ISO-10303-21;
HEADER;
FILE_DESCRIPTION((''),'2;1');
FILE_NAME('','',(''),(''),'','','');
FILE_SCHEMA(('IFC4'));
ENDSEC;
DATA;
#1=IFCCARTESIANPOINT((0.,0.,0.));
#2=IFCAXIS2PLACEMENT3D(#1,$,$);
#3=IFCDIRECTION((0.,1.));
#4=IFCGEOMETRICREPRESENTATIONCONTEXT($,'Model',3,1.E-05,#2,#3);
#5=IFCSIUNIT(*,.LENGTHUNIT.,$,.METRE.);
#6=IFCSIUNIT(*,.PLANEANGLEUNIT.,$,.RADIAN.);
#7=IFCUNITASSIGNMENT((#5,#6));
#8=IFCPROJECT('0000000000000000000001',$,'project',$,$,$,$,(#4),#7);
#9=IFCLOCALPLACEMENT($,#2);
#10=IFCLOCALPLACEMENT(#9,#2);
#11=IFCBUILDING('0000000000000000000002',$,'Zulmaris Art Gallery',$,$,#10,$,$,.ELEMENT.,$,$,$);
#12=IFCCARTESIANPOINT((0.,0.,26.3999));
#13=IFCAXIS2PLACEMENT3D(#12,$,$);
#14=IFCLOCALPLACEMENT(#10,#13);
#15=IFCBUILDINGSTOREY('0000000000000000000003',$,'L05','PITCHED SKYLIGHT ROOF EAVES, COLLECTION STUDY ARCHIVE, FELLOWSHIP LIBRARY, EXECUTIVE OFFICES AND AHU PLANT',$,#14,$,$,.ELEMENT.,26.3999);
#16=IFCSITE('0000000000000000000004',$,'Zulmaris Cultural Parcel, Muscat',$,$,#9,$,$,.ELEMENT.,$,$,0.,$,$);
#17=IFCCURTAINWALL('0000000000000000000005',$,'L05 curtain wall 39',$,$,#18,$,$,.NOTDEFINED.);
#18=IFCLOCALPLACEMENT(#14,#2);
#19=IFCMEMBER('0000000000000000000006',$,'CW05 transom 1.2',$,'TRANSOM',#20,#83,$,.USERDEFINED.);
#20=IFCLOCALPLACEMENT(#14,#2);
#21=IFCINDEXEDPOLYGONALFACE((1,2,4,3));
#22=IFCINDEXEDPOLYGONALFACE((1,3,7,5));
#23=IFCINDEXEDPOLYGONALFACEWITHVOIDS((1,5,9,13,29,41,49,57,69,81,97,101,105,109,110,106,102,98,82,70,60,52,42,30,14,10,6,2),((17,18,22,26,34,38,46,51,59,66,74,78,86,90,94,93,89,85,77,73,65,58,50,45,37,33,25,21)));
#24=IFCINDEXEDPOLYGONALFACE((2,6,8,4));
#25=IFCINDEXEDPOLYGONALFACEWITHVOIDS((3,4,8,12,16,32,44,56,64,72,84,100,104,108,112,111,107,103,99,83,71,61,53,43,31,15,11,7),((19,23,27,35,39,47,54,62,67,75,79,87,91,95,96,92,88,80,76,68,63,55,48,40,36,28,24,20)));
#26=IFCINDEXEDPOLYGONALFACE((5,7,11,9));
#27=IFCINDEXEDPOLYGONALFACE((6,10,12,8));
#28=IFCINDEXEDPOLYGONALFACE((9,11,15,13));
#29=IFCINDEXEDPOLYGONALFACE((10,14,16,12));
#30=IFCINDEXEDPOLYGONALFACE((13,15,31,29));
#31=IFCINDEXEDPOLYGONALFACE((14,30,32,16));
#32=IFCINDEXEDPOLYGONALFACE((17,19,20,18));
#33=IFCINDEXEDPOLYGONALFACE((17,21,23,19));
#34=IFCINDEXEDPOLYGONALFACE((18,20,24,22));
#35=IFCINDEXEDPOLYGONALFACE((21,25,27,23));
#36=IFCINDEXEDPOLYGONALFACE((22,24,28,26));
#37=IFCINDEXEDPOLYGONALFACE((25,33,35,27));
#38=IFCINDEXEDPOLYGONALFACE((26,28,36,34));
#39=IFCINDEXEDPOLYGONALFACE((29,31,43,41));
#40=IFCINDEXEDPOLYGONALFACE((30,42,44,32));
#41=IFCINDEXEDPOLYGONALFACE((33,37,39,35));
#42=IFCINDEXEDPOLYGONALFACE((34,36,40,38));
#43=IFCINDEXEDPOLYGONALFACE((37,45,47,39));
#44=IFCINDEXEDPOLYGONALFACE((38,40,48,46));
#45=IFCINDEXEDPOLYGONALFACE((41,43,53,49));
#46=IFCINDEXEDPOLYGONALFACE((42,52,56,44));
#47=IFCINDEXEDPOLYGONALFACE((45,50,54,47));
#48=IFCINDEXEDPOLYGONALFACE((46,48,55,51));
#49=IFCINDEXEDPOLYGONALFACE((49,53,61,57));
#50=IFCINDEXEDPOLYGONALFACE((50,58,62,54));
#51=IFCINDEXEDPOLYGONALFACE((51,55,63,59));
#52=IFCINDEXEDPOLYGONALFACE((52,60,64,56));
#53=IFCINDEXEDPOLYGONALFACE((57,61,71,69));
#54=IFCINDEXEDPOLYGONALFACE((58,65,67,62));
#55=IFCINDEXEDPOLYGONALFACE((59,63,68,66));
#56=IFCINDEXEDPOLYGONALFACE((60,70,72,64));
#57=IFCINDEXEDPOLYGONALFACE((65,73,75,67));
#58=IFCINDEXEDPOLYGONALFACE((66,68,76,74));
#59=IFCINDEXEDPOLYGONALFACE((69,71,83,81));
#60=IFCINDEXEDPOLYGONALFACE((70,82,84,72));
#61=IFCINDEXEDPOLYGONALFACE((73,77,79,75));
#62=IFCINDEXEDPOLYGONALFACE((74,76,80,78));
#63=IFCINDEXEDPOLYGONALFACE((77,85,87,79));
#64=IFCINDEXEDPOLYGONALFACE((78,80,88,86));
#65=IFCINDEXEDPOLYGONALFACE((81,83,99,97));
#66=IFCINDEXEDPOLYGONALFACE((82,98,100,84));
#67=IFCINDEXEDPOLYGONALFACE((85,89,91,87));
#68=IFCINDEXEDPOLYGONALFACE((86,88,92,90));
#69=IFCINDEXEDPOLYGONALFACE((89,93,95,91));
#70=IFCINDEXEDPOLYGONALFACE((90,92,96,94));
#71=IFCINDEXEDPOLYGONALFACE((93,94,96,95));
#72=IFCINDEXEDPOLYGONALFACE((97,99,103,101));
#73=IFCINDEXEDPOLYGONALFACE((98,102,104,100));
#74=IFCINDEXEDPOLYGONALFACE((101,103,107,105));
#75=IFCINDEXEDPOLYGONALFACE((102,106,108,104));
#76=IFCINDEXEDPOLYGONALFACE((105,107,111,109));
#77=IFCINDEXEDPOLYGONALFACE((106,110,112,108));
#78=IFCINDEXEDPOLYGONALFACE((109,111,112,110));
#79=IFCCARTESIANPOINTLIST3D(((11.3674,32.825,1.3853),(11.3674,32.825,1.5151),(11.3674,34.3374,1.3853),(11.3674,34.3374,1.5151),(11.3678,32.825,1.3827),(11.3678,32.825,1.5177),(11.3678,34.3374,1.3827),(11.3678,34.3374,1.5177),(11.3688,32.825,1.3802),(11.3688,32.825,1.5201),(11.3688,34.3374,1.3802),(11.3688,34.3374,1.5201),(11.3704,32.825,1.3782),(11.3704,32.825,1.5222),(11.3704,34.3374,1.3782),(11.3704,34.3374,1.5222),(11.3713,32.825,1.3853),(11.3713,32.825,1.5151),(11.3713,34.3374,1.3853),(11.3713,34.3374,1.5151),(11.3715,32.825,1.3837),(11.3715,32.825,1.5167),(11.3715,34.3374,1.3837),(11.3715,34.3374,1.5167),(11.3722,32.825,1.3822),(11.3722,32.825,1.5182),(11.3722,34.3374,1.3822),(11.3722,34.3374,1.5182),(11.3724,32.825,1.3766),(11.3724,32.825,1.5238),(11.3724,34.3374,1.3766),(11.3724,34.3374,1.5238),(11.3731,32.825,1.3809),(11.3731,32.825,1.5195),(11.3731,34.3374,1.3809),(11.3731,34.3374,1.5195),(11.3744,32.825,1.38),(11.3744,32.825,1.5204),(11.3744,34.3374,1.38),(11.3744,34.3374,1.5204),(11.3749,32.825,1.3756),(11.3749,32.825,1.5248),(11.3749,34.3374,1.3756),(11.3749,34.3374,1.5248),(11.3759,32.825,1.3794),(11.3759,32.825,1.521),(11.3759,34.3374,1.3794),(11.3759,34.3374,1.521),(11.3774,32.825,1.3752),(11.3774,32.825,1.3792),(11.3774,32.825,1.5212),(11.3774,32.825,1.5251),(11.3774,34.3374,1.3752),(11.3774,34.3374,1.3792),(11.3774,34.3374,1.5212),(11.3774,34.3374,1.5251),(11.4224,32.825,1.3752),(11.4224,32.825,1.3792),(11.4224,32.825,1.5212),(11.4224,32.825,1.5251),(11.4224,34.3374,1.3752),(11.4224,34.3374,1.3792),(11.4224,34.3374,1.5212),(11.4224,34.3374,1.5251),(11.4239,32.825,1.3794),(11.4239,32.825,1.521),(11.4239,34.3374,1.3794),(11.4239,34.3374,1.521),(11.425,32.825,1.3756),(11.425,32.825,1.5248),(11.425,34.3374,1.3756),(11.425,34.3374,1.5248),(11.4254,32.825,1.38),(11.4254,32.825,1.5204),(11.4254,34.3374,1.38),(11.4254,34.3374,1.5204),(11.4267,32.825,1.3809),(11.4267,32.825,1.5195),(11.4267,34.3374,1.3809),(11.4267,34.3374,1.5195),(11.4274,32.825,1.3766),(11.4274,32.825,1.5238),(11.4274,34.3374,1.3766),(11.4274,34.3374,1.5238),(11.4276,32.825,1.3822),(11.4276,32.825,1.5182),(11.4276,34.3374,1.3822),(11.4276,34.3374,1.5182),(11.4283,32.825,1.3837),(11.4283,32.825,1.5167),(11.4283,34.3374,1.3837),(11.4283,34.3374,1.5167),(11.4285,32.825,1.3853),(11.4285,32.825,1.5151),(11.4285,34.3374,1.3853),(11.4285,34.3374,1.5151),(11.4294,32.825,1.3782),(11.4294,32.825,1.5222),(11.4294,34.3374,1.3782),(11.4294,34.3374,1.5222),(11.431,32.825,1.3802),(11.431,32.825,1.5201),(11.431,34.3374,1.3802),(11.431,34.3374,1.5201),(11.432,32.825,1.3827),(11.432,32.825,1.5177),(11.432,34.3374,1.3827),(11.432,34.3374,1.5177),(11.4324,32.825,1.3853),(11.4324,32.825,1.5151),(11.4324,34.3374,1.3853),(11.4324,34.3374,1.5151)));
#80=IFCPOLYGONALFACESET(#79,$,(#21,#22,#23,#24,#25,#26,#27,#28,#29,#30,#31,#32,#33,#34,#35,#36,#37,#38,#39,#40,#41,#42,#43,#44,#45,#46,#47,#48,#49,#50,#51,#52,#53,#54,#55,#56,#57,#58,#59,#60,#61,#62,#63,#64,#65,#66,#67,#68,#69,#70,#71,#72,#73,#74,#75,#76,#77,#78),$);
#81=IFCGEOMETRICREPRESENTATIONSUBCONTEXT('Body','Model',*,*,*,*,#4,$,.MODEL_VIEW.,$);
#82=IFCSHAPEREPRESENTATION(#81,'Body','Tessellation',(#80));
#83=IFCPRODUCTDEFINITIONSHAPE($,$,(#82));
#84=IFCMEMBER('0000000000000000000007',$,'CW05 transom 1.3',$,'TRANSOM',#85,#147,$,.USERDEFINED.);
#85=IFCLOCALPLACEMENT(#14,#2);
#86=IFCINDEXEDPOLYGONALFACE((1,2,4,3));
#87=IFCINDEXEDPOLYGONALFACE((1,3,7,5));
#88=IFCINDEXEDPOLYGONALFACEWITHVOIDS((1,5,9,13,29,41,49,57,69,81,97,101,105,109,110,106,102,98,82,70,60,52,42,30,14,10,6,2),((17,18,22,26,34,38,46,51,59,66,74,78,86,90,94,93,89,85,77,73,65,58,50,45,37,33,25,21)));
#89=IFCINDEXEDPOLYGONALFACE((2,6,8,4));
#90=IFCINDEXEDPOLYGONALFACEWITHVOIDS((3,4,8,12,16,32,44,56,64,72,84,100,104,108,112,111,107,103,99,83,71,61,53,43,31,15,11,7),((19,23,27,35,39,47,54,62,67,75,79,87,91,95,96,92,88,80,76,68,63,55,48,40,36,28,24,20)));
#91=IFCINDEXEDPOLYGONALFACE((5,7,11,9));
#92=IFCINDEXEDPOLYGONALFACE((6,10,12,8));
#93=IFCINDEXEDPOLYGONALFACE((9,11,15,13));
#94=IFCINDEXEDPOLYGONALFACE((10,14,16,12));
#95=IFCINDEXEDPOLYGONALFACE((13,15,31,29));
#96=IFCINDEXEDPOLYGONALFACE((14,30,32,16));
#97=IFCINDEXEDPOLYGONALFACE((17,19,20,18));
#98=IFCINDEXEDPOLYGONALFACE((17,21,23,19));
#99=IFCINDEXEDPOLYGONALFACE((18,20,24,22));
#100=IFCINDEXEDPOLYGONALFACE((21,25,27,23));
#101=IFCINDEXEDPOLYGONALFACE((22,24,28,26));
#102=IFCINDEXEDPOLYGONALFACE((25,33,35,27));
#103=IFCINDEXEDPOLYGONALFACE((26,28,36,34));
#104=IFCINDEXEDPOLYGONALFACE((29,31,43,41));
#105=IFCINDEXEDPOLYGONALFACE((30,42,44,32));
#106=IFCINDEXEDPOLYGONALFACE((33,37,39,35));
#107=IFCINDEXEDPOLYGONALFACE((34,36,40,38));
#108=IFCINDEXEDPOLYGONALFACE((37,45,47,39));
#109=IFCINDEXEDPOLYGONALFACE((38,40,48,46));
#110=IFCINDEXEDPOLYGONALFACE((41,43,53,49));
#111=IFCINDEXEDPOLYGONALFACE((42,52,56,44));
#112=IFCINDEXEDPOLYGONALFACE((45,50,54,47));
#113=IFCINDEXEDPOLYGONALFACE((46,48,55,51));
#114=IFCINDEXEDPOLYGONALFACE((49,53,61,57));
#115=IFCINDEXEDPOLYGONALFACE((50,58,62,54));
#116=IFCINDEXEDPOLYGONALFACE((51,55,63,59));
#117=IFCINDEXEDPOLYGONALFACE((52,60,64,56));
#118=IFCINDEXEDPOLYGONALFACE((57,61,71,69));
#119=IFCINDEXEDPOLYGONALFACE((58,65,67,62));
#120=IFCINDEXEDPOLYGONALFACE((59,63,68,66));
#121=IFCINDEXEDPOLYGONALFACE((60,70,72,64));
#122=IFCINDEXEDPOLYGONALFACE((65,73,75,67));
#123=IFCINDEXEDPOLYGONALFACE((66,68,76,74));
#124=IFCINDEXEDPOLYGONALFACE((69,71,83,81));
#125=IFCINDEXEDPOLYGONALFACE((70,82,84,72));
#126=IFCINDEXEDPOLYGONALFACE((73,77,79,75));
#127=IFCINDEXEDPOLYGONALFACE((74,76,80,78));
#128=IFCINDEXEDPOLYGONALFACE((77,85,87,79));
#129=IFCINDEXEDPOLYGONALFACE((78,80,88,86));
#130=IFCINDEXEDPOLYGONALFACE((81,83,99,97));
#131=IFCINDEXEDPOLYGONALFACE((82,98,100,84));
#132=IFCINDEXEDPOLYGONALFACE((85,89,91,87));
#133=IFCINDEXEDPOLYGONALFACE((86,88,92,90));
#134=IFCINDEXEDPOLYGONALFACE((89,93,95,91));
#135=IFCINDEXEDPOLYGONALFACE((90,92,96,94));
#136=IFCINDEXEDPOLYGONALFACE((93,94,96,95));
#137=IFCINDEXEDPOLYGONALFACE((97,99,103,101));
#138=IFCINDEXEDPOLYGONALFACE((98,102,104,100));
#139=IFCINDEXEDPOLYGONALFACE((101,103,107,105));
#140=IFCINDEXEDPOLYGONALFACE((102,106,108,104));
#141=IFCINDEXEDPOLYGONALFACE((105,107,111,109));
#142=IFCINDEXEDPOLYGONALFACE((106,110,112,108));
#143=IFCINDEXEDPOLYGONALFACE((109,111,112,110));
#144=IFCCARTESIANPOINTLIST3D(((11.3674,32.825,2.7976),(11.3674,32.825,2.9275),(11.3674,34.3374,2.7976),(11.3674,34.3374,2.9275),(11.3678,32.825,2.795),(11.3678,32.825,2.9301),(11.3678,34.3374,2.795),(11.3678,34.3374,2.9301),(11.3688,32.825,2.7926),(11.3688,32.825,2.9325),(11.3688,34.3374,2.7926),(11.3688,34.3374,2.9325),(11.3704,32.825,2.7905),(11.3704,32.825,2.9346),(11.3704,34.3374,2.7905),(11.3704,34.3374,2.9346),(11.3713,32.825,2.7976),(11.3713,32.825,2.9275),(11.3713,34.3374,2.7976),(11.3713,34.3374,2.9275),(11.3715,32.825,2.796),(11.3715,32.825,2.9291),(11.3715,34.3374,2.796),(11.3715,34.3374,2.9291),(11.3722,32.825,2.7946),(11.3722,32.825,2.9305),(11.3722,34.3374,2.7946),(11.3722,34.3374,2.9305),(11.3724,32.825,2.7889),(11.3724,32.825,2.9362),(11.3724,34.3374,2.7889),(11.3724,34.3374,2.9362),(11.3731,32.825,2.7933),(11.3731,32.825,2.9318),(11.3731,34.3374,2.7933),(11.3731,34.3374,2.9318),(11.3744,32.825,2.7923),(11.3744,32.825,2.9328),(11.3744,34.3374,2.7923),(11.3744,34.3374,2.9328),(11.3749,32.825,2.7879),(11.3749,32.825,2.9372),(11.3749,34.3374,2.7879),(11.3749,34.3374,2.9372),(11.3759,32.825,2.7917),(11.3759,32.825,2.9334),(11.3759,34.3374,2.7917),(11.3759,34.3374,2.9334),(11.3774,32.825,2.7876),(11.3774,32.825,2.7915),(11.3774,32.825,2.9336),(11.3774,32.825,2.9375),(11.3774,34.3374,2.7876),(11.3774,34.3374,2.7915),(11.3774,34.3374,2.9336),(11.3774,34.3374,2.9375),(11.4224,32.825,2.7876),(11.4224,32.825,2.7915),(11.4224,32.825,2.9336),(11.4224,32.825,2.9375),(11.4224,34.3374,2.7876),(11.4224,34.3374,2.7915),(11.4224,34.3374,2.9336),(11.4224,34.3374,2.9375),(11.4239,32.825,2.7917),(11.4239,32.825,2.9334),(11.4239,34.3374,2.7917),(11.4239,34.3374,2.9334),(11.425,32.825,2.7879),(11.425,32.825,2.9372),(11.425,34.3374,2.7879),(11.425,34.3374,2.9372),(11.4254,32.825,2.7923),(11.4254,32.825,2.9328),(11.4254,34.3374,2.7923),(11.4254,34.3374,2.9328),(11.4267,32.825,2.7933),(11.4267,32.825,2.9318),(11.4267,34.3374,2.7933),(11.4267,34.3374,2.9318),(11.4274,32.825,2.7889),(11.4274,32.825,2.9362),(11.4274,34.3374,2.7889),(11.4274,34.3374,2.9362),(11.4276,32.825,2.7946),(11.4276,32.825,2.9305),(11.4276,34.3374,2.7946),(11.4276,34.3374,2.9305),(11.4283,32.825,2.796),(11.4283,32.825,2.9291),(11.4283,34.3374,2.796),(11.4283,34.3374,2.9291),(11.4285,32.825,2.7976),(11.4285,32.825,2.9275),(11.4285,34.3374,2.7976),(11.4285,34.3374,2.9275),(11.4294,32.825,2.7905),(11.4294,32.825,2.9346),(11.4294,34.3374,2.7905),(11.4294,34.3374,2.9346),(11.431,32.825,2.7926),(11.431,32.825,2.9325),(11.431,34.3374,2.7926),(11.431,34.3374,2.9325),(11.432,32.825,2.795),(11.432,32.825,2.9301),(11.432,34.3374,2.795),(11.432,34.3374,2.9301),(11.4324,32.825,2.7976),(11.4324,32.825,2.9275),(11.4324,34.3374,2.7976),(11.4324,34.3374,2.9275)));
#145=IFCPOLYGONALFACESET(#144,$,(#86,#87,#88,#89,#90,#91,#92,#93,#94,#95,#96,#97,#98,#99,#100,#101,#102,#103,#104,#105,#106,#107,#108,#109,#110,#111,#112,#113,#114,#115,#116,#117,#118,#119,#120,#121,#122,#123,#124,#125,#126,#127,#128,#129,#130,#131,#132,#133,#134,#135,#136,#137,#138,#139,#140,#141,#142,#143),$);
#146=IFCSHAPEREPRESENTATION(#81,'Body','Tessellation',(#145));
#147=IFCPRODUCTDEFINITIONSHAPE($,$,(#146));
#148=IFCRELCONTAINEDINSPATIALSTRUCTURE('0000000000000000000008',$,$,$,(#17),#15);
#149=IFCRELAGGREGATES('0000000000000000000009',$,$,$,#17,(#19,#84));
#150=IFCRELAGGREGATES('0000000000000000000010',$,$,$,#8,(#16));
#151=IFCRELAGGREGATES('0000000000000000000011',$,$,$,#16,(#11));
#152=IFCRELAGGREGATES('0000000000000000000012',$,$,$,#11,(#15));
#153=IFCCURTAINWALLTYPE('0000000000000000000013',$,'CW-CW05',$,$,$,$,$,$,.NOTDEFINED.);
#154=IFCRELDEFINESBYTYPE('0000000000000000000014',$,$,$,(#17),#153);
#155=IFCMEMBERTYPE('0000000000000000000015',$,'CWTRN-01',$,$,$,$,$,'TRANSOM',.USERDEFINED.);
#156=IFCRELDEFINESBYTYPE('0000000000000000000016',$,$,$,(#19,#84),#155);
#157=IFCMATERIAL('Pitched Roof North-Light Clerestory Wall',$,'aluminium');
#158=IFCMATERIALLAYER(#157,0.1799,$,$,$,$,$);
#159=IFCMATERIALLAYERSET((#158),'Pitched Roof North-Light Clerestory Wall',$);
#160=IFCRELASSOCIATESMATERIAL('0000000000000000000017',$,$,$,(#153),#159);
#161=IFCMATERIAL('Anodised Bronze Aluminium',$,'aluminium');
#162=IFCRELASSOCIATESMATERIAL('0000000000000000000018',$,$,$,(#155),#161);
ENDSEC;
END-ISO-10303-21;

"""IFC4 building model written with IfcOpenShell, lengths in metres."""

from ifc_helpers import new_model, si_unit, direction, frame, origin, origin_2d, place, context, subcontext, project, spatial, hollow_rectangle, extrude, material, layer, layer_set, material_profile, profile_set, type_object, element, aggregate, save


model = new_model("IFC4")

# Units and contexts
model_context = context("Model", 3, precision=1e-05, world=origin(), true_north=direction((0.0, 1.0)))
body_context = subcontext(model_context, "Body", "Model", "MODEL_VIEW")
ifc_project = project(units=[si_unit("LENGTHUNIT", "METRE"), si_unit("PLANEANGLEUNIT", "RADIAN")], contexts=[model_context])

# Site, building, storey
site_placement = place(None, origin())
site = spatial("IfcSite", under=ifc_project, at=site_placement, Name="Zulmaris Cultural Parcel, Muscat", CompositionType="ELEMENT", RefElevation=0.0)
building_placement = place(site_placement, origin())
building = spatial("IfcBuilding", under=site, at=building_placement, Name="Zulmaris Art Gallery", CompositionType="ELEMENT")
storey_placement = place(building_placement, frame((0.0, 0.0, 26.3999)))
storey = spatial("IfcBuildingStorey", under=building, at=storey_placement, Name="L05", Description="PITCHED SKYLIGHT ROOF EAVES, COLLECTION STUDY ARCHIVE, FELLOWSHIP LIBRARY, EXECUTIVE OFFICES AND AHU PLANT", CompositionType="ELEMENT", Elevation=26.3999)

# Curtain wall
ifc_material_1 = material(Name="Pitched Roof North-Light Clerestory Wall", Category="aluminium")
ifc_layer_1 = layer(ifc_material_1, 0.1799)
ifc_layer_set_1 = layer_set([ifc_layer_1], Name="Pitched Roof North-Light Clerestory Wall")
curtain_wall_type = type_object("IfcCurtainWallType", Name="CW-CW05", PredefinedType="NOTDEFINED", material=ifc_layer_set_1)
ifc_material_2 = material(Name="Anodised Bronze Aluminium", Category="aluminium")
curtain_wall_1_placement = place(storey_placement, origin())
curtain_wall_1 = element("IfcCurtainWall", 1, at=curtain_wall_1_placement, inside=storey, type_object=curtain_wall_type, Name="L05 curtain wall 39", PredefinedType="NOTDEFINED")

# Members
ifc_material_profile_1 = material_profile(ifc_material_2, hollow_rectangle(XDim=0.0649, YDim=0.1499, WallThickness=0.0039, InnerFilletRadius=0.0061, OuterFilletRadius=0.01, at=origin_2d()), Name="ALU 65x150x4")
ifc_profile_set_1 = profile_set([ifc_material_profile_1], Name="Anodised Bronze Aluminium")
member_type_1 = type_object("IfcMemberType", Name="CWTRN-01", ElementType="TRANSOM", PredefinedType="USERDEFINED", material=ifc_profile_set_1)
member_1_placement = place(storey_placement, frame((11.3999, 32.825, 1.4502), z_axis=(0.0, 1.0, 0.0), x_axis=(-1.0, 0.0, 0.0)))
member_1 = element("IfcMember", 2, at=member_1_placement, type_object=member_type_1, Name="CW05 transom 1.2", ObjectType="TRANSOM", PredefinedType="USERDEFINED", context=body_context, shape_type="SweptSolid", body=[
    extrude(hollow_rectangle(XDim=0.0649, YDim=0.1499, WallThickness=0.0039, InnerFilletRadius=0.0061, OuterFilletRadius=0.01, at=origin_2d()), origin(), (0.0, 0.0, 1.0), 1.5125),
])
member_2_placement = place(storey_placement, frame((11.3999, 32.825, 2.8625), z_axis=(0.0, 1.0, 0.0), x_axis=(-1.0, 0.0, 0.0)))
member_2 = element("IfcMember", 3, at=member_2_placement, type_object=member_type_1, Name="CW05 transom 1.3", ObjectType="TRANSOM", PredefinedType="USERDEFINED", context=body_context, shape_type="SweptSolid", body=[
    extrude(hollow_rectangle(XDim=0.0649, YDim=0.1499, WallThickness=0.0039, InnerFilletRadius=0.0061, OuterFilletRadius=0.01, at=origin_2d()), origin(), (0.0, 0.0, 1.0), 1.5125),
])

aggregate(curtain_wall_1, [member_1, member_2])

save(model, "model.ifc")
